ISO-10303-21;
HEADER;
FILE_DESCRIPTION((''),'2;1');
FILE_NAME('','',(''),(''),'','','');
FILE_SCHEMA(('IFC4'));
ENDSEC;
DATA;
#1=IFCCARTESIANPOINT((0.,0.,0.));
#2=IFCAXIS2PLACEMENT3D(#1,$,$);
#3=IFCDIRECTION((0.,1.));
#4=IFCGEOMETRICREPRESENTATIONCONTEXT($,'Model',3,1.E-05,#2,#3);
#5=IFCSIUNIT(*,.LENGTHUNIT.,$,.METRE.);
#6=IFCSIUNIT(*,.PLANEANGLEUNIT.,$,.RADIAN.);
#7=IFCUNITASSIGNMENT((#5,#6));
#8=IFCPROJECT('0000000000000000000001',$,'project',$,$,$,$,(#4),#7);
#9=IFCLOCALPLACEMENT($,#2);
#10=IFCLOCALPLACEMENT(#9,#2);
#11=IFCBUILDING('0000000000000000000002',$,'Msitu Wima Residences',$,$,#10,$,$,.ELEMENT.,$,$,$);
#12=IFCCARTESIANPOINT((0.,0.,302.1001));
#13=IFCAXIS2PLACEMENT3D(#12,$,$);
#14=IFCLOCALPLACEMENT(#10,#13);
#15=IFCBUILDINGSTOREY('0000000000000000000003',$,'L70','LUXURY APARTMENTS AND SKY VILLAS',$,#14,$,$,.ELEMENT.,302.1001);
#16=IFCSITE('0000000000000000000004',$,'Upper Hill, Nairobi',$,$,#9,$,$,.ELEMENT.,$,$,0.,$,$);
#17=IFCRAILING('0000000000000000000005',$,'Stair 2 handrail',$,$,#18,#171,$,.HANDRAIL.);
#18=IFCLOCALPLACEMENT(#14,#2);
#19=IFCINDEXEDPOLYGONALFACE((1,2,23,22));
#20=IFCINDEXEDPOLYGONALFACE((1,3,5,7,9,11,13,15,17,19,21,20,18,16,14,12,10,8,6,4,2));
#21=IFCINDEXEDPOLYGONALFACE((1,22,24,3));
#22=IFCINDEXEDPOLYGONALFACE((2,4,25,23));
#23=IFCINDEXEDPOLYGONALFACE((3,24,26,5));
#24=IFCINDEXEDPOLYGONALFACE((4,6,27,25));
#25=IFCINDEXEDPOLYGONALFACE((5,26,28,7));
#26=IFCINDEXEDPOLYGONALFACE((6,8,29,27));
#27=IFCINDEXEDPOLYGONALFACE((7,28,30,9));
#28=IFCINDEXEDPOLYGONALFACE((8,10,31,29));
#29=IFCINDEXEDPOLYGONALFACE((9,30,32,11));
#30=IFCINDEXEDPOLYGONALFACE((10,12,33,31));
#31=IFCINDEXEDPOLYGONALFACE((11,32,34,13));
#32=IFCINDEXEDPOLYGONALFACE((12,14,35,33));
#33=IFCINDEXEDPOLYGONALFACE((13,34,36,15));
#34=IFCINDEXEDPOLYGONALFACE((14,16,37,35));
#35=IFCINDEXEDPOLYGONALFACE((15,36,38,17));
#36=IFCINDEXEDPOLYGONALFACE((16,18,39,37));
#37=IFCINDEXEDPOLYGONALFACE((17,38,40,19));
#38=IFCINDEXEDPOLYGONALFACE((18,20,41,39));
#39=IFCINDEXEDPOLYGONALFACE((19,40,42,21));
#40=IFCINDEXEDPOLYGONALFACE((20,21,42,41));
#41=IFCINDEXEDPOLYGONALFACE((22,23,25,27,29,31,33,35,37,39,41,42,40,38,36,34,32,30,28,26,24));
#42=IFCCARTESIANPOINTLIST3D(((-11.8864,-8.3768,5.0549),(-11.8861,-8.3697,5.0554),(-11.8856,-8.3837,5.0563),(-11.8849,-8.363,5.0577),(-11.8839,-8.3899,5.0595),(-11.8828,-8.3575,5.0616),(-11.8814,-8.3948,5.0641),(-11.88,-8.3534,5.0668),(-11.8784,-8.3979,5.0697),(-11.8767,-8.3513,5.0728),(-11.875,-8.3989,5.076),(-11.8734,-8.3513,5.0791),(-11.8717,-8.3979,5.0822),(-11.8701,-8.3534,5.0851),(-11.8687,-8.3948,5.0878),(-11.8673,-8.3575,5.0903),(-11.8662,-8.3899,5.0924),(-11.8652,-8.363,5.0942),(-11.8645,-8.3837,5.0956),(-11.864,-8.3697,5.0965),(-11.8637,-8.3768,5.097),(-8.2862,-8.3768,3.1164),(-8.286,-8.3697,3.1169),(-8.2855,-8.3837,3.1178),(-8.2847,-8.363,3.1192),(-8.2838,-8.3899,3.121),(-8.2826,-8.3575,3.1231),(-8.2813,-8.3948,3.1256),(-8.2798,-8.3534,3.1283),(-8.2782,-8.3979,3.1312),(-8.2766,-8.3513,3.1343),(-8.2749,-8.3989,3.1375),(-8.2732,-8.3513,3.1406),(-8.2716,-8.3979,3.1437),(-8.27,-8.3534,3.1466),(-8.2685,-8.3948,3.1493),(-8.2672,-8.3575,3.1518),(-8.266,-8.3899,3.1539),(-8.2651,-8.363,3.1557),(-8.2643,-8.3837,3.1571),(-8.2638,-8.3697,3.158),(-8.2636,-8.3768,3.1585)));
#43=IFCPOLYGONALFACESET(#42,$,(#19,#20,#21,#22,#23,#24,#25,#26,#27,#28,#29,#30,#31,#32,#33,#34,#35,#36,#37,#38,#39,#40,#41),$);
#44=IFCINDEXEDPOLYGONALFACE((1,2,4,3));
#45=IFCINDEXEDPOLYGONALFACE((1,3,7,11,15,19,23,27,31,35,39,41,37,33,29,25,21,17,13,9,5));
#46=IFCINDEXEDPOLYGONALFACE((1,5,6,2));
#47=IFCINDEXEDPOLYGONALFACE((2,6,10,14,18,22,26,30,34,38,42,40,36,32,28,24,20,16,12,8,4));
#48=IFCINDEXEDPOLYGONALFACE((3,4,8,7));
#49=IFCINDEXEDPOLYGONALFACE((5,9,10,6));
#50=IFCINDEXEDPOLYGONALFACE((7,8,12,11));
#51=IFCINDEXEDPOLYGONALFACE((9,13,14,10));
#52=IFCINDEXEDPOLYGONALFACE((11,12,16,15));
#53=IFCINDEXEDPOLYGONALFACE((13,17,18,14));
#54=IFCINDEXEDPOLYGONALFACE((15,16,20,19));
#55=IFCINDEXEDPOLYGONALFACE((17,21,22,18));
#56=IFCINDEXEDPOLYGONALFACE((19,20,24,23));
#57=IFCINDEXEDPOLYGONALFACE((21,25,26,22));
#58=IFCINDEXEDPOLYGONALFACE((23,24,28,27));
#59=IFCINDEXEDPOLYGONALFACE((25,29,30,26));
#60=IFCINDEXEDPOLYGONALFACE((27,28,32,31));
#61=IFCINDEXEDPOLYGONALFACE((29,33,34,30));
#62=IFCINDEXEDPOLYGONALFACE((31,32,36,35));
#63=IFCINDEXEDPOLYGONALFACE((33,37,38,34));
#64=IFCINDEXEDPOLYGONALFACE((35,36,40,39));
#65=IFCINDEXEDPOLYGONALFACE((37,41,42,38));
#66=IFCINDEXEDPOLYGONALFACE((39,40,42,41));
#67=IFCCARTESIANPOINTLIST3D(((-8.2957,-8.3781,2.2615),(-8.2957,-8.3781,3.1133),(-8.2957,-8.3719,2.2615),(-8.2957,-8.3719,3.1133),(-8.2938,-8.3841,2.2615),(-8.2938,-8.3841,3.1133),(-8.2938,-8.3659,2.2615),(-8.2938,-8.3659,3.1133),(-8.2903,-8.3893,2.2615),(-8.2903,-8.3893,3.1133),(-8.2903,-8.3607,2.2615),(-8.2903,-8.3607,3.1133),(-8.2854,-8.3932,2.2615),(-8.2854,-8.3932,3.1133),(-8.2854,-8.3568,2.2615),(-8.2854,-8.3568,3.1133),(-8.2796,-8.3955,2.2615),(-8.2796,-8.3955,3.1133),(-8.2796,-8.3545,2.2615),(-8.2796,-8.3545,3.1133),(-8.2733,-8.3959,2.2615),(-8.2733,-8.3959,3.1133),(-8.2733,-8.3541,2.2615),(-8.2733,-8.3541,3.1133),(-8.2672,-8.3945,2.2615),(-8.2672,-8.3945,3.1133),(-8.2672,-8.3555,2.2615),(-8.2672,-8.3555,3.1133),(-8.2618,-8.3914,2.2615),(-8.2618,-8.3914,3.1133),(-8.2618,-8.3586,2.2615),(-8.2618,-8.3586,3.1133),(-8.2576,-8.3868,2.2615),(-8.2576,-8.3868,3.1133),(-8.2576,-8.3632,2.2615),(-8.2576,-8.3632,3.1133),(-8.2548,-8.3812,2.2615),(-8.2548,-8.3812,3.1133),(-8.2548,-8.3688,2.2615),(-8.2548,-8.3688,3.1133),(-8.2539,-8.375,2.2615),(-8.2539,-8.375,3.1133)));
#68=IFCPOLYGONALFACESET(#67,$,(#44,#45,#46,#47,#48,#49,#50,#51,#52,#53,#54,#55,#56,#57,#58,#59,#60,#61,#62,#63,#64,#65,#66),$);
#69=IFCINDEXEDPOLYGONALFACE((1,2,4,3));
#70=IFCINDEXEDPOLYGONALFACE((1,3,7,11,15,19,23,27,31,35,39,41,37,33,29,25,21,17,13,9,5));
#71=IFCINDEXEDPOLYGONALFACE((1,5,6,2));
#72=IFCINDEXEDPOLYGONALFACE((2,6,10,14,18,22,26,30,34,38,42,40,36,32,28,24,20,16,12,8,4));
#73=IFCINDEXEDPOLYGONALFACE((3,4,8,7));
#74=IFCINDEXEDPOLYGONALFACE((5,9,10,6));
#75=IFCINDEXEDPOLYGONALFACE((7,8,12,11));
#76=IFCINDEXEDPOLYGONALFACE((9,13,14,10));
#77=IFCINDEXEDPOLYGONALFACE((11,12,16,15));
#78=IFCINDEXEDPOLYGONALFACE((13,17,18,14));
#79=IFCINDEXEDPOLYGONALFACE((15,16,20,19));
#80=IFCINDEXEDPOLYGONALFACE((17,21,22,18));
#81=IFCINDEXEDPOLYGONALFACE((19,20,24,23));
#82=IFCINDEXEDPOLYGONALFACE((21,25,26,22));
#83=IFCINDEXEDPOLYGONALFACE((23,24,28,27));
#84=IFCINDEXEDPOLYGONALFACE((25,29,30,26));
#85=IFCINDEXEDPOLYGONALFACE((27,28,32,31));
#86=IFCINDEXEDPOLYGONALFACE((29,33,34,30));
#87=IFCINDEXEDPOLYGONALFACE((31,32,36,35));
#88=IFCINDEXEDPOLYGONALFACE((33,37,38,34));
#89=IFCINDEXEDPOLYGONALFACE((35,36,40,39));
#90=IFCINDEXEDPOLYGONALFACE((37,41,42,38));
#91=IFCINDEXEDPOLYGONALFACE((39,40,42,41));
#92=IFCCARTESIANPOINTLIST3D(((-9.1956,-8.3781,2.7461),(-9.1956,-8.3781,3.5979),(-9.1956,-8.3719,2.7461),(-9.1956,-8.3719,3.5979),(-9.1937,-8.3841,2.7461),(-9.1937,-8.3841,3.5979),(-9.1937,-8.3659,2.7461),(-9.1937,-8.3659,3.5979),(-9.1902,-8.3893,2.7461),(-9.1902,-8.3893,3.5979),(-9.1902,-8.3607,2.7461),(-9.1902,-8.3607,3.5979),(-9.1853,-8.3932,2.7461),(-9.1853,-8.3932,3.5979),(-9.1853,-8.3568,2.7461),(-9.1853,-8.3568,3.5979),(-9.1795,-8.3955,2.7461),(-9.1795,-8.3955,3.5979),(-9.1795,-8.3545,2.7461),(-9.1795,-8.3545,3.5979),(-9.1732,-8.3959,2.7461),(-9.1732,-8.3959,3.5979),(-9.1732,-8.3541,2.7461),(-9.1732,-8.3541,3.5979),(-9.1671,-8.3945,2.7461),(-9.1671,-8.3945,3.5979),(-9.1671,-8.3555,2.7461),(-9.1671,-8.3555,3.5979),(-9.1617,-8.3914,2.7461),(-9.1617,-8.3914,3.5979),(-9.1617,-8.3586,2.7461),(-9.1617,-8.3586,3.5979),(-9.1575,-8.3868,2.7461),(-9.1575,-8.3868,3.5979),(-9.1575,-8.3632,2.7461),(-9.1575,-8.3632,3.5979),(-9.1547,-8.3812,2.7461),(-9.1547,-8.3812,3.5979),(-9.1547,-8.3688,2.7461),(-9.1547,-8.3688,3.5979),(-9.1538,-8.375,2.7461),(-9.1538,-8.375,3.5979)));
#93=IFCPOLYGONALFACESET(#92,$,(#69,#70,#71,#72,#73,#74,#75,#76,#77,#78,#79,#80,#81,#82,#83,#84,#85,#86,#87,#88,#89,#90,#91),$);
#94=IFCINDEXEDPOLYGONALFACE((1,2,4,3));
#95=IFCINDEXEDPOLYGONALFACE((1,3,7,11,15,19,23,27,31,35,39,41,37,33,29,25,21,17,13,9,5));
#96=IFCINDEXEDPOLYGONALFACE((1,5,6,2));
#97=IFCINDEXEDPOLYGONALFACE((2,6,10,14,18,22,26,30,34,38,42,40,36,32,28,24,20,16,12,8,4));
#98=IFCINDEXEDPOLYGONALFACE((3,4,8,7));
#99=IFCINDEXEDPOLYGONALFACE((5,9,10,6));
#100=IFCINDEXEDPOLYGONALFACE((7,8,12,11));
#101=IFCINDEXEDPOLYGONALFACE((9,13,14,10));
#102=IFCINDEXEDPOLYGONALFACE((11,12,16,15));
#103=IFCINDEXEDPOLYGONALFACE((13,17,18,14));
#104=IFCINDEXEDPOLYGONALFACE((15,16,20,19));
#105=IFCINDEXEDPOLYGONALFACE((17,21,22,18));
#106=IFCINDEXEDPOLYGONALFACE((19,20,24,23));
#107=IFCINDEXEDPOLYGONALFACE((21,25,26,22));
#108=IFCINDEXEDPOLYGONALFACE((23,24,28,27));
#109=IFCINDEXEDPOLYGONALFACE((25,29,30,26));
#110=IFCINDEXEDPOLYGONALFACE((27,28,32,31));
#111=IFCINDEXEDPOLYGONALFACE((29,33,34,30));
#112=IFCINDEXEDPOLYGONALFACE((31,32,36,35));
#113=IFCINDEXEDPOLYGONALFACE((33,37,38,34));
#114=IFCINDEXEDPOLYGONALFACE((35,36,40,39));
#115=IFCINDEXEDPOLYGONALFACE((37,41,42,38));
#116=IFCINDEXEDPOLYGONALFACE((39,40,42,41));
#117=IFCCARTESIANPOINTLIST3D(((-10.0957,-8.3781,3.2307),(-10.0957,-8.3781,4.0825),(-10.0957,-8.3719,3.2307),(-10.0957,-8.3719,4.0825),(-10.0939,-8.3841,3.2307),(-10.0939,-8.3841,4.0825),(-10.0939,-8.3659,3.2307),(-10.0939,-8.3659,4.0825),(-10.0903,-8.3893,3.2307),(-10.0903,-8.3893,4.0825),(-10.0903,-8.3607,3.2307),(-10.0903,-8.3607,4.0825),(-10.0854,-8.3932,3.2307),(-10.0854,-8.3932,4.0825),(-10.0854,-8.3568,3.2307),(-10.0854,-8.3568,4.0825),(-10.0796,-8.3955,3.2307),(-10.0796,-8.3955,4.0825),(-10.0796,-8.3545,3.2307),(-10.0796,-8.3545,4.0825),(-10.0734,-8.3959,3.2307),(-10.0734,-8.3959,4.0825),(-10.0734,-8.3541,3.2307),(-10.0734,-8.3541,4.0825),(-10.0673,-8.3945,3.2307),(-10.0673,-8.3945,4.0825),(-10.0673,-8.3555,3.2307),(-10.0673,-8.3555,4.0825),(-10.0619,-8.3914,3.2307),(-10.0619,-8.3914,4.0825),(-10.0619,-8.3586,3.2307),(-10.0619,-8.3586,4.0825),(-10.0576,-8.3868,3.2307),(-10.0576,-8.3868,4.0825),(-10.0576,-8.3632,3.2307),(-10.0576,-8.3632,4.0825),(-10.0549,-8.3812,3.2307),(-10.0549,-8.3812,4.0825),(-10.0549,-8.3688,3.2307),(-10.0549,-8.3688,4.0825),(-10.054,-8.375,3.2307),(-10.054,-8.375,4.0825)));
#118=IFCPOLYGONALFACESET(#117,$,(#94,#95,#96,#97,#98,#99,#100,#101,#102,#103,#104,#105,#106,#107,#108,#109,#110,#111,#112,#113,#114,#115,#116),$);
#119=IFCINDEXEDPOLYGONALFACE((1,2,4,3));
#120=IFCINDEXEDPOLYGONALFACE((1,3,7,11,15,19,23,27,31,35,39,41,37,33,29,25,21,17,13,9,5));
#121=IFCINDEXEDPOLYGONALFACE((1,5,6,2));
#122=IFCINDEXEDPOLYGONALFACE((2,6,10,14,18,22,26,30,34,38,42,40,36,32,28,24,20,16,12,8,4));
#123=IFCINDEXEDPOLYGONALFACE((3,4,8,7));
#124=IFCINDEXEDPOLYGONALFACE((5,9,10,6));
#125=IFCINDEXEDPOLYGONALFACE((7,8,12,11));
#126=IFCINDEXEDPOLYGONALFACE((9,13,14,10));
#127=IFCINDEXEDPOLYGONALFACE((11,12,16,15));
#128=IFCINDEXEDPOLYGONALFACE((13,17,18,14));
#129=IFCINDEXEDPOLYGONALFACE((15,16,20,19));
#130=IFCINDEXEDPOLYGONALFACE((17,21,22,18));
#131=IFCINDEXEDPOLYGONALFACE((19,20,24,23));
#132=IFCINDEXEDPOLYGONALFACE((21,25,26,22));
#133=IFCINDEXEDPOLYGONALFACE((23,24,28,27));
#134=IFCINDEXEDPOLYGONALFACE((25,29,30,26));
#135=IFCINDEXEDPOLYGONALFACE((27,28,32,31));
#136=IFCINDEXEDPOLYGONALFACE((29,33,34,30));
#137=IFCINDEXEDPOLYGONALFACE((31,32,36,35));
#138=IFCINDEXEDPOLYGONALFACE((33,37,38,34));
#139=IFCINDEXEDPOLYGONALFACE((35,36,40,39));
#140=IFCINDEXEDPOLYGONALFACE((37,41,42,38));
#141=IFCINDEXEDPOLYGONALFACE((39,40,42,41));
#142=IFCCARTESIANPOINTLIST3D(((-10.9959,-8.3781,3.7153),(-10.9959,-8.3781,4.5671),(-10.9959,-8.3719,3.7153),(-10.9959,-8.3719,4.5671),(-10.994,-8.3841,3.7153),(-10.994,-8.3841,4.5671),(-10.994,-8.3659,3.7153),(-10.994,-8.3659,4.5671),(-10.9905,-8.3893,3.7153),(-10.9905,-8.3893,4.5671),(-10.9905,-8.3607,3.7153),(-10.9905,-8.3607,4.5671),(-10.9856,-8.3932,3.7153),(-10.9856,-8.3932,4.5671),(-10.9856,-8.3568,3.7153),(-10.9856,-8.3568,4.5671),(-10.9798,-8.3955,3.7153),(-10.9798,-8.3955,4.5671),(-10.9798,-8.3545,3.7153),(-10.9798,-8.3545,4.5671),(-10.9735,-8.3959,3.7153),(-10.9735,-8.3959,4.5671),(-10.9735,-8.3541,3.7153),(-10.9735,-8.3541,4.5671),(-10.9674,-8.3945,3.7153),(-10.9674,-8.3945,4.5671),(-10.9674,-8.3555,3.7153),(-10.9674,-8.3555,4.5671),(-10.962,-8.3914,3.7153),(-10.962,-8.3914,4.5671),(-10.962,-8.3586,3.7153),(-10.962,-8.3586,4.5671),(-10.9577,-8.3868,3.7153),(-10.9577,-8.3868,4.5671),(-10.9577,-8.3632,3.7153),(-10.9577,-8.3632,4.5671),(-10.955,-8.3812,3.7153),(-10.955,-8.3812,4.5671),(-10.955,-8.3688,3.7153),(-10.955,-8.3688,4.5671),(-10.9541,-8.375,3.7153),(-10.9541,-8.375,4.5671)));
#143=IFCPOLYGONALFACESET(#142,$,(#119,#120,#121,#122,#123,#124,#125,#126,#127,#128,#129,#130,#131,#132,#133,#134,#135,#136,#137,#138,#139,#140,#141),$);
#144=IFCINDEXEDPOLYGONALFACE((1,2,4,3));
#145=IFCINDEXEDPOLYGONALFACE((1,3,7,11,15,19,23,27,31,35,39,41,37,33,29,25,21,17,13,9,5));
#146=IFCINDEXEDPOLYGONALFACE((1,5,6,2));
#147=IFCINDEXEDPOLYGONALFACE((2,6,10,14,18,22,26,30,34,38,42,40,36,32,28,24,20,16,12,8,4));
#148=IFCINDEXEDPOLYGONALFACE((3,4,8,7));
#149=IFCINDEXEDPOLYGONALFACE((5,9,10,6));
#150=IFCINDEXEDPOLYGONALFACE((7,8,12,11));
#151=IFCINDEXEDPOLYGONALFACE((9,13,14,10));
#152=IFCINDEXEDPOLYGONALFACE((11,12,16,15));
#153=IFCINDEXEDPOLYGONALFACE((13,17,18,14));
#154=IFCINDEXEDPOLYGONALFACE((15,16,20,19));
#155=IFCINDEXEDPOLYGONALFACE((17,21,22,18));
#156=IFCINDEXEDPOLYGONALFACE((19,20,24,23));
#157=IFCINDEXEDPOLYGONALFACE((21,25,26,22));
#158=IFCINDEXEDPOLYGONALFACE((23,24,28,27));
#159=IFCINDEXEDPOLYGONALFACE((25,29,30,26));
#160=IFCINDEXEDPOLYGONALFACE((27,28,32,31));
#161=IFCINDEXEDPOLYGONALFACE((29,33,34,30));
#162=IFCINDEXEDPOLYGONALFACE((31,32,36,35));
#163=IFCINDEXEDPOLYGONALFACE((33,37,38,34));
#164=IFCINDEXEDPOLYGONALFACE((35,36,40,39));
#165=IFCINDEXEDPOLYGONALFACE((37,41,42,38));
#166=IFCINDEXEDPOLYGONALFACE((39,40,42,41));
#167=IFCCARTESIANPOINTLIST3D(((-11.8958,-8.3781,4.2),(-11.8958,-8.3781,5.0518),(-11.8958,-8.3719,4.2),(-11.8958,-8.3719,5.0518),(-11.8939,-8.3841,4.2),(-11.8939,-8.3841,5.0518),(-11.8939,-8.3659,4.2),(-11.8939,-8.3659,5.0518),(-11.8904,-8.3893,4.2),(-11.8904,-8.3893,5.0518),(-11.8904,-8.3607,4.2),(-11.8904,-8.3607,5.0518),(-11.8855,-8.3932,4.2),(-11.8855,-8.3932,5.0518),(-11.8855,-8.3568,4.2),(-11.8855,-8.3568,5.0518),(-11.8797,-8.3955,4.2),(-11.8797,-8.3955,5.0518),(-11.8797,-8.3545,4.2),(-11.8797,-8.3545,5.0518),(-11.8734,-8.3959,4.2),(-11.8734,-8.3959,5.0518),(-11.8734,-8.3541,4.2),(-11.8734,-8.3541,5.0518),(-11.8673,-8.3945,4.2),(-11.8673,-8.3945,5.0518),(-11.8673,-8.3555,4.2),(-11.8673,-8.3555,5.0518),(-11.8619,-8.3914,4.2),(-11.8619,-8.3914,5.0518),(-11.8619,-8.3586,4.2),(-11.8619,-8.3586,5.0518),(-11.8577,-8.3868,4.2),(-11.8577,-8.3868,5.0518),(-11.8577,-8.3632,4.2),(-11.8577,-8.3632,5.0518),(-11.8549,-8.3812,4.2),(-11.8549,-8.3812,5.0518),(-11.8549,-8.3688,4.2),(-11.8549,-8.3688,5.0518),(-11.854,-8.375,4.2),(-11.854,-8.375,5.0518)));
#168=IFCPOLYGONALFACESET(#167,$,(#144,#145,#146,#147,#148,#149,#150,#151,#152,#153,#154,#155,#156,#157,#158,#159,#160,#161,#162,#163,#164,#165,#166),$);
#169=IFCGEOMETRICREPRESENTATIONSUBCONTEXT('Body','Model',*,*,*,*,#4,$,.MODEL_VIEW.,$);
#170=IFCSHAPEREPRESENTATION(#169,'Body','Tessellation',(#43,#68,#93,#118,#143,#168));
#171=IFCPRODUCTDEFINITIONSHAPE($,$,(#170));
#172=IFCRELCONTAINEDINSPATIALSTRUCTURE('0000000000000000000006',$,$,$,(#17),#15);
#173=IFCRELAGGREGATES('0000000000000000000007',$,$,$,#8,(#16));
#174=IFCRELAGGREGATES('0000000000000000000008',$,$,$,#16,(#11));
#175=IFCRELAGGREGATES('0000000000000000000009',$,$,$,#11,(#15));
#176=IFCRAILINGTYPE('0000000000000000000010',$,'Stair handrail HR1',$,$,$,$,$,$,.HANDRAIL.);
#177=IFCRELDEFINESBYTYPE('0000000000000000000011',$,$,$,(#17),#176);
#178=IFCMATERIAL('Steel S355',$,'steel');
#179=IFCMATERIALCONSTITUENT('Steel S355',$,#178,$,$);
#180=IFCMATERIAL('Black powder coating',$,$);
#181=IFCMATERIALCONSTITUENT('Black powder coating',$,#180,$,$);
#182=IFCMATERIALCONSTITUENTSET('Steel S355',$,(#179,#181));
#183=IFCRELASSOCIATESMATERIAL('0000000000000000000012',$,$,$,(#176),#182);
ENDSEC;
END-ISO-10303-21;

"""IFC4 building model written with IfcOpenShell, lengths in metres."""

from ifc_helpers import new_model, si_unit, direction, frame, origin, origin_2d, place, context, subcontext, project, spatial, circle, extrude, material, constituent, constituent_set, type_object, element, save


model = new_model("IFC4")

# Units and contexts
model_context = context("Model", 3, precision=1e-05, world=origin(), true_north=direction((0.0, 1.0)))
body_context = subcontext(model_context, "Body", "Model", "MODEL_VIEW")
ifc_project = project(units=[si_unit("LENGTHUNIT", "METRE"), si_unit("PLANEANGLEUNIT", "RADIAN")], contexts=[model_context])

# Site, building, storey
site_placement = place(None, origin())
site = spatial("IfcSite", under=ifc_project, at=site_placement, Name="Upper Hill, Nairobi", CompositionType="ELEMENT", RefElevation=0.0)
building_placement = place(site_placement, origin())
building = spatial("IfcBuilding", under=site, at=building_placement, Name="Msitu Wima Residences", CompositionType="ELEMENT")
storey_placement = place(building_placement, frame((0.0, 0.0, 302.1001)))
storey = spatial("IfcBuildingStorey", under=building, at=storey_placement, Name="L70", Description="LUXURY APARTMENTS AND SKY VILLAS", CompositionType="ELEMENT", Elevation=302.1001)

# Railing
ifc_material_1 = material(Name="Steel S355", Category="steel")
ifc_constituent_1 = constituent(ifc_material_1, Name="Steel S355")
ifc_material_2 = material(Name="Black powder coating")
ifc_constituent_2 = constituent(ifc_material_2, Name="Black powder coating")
ifc_constituent_set = constituent_set(constituents=[ifc_constituent_1, ifc_constituent_2], Name="Steel S355")
railing_type = type_object("IfcRailingType", Name="Stair handrail HR1", PredefinedType="HANDRAIL", material=ifc_constituent_set)
for number, where, name in (
    (1, (-8.2749, -8.375, 2.2615), "Stair 2 handrail"),
):
    element("IfcRailing", number, at=place(storey_placement, frame(where)), inside=storey, type_object=railing_type, Name=name, PredefinedType="HANDRAIL", context=body_context, shape_type="SweptSolid", body=[
        extrude(circle(Radius=0.0239, at=origin_2d()), frame((0.0, 0.0, 0.876), z_axis=(-0.880475, 0.0, 0.474093), x_axis=(0.0, -1.0, 0.0)), (0.0, 0.0, 1.0), 4.0889),
        extrude(circle(Radius=0.021, at=origin_2d()), origin(), (0.0, 0.0, 1.0), 0.8518),
        extrude(circle(Radius=0.021, at=origin_2d()), frame((-0.8999, 0.0, 0.4846)), (0.0, 0.0, 1.0), 0.8518),
        extrude(circle(Radius=0.021, at=origin_2d()), frame((-1.8, 0.0, 0.9692)), (0.0, 0.0, 1.0), 0.8518),
        extrude(circle(Radius=0.021, at=origin_2d()), frame((-2.7002, 0.0, 1.4539)), (0.0, 0.0, 1.0), 0.8518),
        extrude(circle(Radius=0.021, at=origin_2d()), frame((-3.6001, 0.0, 1.9385)), (0.0, 0.0, 1.0), 0.8518),
    ])

save(model, "model.ifc")
